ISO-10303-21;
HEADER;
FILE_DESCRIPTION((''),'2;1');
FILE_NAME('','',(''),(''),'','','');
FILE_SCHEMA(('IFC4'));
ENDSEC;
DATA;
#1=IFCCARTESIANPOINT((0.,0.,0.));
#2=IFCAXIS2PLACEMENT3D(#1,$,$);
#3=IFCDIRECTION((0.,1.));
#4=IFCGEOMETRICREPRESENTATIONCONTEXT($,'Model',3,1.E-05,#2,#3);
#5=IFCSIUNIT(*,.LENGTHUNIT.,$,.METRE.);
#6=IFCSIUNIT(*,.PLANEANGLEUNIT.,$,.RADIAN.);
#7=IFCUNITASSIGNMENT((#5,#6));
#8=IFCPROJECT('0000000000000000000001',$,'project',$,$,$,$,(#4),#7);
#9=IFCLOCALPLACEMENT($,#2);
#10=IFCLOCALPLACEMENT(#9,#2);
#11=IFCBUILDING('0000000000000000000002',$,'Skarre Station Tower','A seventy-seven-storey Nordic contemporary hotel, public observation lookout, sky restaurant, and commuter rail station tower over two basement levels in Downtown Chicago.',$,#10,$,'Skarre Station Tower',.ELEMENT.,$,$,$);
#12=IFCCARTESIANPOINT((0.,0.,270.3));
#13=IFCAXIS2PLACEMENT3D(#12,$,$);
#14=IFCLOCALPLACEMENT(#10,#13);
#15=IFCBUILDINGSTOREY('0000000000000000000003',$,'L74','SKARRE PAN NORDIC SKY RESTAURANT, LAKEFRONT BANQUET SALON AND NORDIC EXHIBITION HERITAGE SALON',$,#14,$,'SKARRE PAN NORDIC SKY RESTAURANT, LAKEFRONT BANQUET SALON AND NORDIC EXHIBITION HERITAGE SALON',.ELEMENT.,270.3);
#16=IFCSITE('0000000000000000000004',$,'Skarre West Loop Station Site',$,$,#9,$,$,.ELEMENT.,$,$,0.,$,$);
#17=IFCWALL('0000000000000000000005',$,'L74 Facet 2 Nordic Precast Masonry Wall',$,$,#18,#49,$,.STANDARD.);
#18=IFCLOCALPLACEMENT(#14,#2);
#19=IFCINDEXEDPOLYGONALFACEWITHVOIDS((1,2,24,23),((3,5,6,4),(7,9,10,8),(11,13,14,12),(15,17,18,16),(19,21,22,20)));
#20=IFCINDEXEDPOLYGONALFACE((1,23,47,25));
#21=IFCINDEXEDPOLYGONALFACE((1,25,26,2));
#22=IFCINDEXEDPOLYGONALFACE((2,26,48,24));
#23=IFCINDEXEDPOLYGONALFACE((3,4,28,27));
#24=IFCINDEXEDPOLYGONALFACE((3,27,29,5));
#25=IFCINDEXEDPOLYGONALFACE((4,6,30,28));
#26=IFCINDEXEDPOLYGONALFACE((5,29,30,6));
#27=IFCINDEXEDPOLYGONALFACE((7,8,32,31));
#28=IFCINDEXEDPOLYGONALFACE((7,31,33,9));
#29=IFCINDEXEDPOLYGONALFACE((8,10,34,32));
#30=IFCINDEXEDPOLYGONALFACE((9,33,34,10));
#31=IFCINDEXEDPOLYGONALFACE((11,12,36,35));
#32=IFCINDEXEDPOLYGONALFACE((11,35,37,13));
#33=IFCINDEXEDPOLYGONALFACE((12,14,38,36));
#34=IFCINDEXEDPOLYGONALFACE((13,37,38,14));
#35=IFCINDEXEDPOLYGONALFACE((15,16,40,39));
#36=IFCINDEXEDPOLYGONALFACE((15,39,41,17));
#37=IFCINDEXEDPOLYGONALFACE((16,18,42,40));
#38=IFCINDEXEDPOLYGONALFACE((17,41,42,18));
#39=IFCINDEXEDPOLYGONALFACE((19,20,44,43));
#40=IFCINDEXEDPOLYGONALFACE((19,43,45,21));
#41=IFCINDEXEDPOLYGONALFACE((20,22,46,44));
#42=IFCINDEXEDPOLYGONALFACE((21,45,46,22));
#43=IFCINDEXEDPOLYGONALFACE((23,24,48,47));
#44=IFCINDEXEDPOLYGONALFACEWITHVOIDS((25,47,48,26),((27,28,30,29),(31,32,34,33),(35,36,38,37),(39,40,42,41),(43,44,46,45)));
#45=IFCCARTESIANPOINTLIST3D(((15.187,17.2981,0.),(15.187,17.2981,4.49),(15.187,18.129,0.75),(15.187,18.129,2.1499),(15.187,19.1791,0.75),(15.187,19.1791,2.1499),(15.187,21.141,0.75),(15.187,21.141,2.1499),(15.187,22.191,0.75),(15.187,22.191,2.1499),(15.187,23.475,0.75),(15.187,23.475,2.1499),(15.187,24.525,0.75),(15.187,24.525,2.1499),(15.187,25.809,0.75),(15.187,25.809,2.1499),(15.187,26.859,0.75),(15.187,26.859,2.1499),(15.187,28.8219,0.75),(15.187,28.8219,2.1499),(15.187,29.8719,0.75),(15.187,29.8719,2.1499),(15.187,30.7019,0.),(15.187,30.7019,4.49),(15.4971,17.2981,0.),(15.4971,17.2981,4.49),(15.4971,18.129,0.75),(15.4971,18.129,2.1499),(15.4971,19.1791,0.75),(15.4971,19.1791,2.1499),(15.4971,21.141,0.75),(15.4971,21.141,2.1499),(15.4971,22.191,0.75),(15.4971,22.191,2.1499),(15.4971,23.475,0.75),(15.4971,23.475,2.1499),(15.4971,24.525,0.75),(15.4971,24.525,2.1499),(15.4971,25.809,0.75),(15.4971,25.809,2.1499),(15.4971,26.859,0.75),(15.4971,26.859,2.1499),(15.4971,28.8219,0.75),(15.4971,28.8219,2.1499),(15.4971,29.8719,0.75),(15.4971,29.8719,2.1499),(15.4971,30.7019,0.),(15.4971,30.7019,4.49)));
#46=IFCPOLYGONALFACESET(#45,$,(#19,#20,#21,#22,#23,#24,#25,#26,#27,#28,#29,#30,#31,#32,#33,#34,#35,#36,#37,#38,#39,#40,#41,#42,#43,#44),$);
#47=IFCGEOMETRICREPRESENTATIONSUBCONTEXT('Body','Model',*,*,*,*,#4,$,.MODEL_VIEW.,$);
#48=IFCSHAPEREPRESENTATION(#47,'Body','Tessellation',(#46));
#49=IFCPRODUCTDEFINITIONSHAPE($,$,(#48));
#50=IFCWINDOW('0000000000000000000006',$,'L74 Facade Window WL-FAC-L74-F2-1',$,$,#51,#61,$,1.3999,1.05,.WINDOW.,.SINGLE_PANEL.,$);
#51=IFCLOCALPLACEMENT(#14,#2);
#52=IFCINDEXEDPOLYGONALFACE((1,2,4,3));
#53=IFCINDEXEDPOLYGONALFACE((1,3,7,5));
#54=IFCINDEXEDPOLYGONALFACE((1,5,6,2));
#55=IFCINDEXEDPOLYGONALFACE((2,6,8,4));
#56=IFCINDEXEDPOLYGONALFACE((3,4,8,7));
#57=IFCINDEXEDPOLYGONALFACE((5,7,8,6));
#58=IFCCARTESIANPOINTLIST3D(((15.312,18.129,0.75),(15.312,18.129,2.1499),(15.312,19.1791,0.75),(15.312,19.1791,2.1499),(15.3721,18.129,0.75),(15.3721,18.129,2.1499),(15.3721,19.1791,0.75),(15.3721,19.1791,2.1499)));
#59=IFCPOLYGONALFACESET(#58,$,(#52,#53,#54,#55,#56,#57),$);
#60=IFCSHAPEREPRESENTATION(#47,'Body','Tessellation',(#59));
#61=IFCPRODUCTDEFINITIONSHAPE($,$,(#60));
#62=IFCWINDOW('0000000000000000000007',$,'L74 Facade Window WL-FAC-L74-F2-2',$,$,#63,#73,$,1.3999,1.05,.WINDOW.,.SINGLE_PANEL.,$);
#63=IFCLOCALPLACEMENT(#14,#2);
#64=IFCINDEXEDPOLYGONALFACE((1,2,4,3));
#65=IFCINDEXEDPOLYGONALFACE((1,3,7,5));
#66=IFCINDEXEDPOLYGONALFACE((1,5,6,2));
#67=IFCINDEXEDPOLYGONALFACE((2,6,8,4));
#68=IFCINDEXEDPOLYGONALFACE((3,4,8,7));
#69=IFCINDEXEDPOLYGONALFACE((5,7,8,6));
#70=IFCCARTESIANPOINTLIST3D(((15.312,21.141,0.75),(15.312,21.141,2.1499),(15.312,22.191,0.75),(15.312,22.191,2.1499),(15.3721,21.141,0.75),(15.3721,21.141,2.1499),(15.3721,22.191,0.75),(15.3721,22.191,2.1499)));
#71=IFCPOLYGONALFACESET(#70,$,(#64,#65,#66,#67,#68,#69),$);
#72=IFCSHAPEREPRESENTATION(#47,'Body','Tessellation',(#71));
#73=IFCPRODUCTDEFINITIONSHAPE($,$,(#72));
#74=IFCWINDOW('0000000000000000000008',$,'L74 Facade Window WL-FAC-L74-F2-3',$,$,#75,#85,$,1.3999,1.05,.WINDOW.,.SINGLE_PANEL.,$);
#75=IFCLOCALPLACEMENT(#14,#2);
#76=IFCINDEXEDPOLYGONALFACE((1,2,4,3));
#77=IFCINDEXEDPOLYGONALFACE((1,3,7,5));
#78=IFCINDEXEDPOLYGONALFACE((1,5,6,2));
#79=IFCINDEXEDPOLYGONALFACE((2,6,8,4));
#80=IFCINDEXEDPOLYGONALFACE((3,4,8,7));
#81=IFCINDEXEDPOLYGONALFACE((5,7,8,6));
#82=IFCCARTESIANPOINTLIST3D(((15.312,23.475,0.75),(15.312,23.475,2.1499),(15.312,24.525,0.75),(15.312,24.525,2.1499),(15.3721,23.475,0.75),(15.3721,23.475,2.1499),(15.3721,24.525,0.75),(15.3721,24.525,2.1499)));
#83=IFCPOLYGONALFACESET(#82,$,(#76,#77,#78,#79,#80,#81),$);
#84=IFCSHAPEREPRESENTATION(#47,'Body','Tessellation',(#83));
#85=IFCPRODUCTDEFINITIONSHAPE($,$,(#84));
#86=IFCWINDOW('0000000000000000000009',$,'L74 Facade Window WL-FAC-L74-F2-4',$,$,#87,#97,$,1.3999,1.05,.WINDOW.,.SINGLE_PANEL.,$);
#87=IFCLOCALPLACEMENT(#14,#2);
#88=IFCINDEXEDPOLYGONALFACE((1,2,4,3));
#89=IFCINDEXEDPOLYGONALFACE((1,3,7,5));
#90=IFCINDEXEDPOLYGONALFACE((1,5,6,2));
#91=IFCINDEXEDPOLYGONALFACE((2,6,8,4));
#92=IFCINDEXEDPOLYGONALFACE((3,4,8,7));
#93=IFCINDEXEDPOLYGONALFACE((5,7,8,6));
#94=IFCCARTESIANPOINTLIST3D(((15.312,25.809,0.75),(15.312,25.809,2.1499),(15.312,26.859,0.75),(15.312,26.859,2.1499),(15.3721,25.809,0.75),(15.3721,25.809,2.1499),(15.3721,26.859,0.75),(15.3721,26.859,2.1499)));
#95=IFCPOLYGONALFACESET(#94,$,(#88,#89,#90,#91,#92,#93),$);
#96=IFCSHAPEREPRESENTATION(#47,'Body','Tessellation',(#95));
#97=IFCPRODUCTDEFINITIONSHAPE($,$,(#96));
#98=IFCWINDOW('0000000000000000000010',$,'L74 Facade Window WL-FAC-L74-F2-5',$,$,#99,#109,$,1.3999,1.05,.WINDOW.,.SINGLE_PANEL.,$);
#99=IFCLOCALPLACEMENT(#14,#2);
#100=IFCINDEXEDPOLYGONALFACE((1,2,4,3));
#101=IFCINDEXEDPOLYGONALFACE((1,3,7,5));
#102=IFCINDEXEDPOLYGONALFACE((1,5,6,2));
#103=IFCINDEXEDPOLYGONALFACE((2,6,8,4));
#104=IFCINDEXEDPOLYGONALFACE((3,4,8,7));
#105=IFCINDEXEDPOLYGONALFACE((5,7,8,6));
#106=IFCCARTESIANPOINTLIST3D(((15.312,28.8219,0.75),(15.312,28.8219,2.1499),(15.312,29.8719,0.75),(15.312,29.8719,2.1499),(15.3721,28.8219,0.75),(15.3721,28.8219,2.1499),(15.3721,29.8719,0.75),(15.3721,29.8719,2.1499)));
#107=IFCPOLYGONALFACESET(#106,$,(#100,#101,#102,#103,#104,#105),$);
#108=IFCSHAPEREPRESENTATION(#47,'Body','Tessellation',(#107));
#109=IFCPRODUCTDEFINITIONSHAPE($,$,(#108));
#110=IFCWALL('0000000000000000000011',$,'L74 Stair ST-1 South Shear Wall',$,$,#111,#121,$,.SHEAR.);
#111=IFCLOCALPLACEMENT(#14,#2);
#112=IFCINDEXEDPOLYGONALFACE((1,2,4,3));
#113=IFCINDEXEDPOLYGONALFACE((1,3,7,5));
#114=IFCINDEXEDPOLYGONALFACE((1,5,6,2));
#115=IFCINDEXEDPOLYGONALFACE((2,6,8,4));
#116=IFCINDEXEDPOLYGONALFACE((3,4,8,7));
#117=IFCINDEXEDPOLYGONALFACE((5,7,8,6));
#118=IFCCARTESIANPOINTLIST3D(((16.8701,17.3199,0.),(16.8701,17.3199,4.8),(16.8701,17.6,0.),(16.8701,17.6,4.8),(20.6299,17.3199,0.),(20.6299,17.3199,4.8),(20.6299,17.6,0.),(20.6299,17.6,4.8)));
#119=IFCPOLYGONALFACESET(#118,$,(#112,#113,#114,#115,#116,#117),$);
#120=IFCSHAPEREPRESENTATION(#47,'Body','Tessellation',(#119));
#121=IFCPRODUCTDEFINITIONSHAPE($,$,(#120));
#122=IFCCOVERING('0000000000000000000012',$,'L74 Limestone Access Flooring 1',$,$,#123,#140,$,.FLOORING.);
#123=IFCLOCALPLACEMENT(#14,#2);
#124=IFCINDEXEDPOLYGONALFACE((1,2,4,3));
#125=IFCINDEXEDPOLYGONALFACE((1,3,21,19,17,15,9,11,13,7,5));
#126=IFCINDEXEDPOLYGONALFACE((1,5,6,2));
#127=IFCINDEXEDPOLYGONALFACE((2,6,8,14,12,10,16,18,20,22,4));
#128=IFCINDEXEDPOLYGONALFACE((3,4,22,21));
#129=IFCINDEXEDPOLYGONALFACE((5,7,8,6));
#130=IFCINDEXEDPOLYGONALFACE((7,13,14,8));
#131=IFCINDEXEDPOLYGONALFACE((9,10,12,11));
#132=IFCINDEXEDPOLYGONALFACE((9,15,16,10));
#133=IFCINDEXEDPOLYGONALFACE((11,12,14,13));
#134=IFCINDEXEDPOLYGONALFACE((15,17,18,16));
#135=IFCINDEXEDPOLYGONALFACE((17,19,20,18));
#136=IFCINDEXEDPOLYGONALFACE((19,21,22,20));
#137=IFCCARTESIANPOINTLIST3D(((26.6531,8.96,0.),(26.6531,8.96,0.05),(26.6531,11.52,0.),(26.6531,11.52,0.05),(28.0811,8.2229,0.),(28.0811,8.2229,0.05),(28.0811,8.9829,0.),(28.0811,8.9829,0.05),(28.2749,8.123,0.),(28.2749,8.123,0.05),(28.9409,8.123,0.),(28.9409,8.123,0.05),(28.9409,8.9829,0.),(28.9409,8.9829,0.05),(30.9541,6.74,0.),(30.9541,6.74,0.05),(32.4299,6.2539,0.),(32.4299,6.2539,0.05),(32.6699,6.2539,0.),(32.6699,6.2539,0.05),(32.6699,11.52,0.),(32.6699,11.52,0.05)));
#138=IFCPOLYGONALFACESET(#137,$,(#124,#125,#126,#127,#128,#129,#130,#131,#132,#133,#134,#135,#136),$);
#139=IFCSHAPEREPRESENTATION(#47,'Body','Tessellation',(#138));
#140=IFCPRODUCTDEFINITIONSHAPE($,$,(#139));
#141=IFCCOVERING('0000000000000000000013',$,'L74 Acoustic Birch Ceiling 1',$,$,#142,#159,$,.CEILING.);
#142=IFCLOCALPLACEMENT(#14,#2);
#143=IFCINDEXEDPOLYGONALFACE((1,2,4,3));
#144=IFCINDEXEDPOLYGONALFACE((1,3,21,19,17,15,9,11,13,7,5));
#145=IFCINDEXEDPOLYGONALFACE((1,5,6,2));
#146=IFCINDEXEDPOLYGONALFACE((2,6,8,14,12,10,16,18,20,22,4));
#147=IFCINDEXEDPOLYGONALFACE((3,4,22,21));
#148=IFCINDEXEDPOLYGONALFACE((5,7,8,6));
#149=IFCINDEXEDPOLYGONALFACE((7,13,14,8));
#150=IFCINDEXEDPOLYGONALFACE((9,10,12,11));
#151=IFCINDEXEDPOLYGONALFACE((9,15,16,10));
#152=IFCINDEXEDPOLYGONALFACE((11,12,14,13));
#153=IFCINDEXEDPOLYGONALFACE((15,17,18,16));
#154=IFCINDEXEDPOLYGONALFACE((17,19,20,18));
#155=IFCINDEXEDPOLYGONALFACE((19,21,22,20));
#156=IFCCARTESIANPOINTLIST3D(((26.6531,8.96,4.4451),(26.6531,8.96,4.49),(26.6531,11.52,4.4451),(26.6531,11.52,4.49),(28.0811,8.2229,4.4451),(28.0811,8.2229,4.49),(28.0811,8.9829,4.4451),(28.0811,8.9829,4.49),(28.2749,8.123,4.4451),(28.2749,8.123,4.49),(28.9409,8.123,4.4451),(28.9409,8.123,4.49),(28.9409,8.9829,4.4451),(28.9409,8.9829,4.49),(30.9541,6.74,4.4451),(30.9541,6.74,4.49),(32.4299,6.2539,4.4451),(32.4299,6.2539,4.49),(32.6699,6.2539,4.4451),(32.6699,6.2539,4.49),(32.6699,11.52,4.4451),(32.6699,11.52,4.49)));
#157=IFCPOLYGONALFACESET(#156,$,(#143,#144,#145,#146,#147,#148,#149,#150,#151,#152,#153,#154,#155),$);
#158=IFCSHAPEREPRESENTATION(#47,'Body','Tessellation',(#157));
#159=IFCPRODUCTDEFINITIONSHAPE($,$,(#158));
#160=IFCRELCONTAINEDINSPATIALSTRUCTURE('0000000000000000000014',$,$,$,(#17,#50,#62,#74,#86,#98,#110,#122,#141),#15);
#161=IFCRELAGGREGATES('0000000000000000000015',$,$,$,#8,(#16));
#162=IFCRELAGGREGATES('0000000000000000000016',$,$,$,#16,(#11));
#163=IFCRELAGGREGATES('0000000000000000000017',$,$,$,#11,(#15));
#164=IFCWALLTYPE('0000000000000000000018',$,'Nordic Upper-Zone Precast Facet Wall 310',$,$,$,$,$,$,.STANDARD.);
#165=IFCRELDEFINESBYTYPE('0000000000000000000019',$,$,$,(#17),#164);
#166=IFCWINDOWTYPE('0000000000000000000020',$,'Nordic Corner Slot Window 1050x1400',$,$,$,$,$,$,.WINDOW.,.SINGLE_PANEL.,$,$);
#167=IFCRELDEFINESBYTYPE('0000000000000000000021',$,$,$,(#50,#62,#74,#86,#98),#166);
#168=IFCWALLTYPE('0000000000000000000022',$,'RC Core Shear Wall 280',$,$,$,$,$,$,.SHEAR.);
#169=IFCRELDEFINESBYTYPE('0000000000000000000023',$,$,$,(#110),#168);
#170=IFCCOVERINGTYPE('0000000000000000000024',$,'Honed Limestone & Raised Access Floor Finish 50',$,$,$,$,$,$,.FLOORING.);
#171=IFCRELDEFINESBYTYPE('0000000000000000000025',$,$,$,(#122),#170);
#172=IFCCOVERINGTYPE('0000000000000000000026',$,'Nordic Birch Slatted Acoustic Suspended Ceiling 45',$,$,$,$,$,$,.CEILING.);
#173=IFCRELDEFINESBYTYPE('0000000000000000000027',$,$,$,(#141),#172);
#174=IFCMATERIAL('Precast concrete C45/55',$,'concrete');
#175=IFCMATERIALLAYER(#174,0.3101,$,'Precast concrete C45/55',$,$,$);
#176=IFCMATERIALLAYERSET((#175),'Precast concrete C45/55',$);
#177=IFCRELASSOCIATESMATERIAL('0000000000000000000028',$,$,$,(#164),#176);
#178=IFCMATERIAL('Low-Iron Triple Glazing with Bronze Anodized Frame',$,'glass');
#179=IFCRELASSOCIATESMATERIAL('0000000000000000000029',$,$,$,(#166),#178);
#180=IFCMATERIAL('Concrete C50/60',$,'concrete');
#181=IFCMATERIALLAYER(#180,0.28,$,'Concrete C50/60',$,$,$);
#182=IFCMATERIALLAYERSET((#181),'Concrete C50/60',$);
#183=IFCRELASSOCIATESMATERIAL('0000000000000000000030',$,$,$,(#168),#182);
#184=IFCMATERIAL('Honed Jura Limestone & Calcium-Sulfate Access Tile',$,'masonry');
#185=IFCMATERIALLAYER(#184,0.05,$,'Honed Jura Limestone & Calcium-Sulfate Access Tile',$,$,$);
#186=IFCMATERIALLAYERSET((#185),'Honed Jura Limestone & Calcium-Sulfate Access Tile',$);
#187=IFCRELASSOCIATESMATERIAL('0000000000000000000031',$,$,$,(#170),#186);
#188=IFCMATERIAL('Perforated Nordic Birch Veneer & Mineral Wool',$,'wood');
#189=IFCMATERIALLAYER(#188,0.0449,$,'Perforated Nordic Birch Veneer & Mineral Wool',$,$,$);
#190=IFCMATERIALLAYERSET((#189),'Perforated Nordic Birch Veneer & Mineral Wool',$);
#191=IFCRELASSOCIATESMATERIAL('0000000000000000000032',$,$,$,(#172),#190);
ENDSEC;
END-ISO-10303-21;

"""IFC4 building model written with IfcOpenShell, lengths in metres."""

from ifc_helpers import new_model, si_unit, direction, frame, frame_2d, origin, place, context, subcontext, project, spatial, polyline, rectangle, outline, extrude, material, layer, layer_set, type_object, element, fill, save


model = new_model("IFC4")

# Units and contexts
model_context = context("Model", 3, precision=1e-05, world=origin(), true_north=direction((0.0, 1.0)))
body_context = subcontext(model_context, "Body", "Model", "MODEL_VIEW")
ifc_project = project(units=[si_unit("LENGTHUNIT", "METRE"), si_unit("PLANEANGLEUNIT", "RADIAN")], contexts=[model_context])

# Site, building, storey
site_placement = place(None, origin())
site = spatial("IfcSite", under=ifc_project, at=site_placement, Name="Skarre West Loop Station Site", CompositionType="ELEMENT", RefElevation=0.0)
building_placement = place(site_placement, origin())
building = spatial("IfcBuilding", under=site, at=building_placement, Name="Skarre Station Tower", Description="A seventy-seven-storey Nordic contemporary hotel, public observation lookout, sky restaurant, and commuter rail station tower over two basement levels in Downtown Chicago.", LongName="Skarre Station Tower", CompositionType="ELEMENT")
storey_placement = place(building_placement, frame((0.0, 0.0, 270.3)))
storey = spatial("IfcBuildingStorey", under=building, at=storey_placement, Name="L74", Description="SKARRE PAN NORDIC SKY RESTAURANT, LAKEFRONT BANQUET SALON AND NORDIC EXHIBITION HERITAGE SALON", LongName="SKARRE PAN NORDIC SKY RESTAURANT, LAKEFRONT BANQUET SALON AND NORDIC EXHIBITION HERITAGE SALON", CompositionType="ELEMENT", Elevation=270.3)

# Shared definitions
ifc_material_1 = material(Name="Concrete C50/60", Category="concrete")

# Shared definitions
ifc_material_2 = material(Name="Precast concrete C45/55", Category="concrete")

# Wall, openings, windows
ifc_layer_1 = layer(ifc_material_2, 0.3101, Name="Precast concrete C45/55")
ifc_layer_set_1 = layer_set([ifc_layer_1], Name="Precast concrete C45/55")
wall_type_1 = type_object("IfcWallType", Name="Nordic Upper-Zone Precast Facet Wall 310", PredefinedType="STANDARD", material=ifc_layer_set_1)
wall_1_placement = place(storey_placement, frame((15.342, 17.2981, 0.0), z_axis=(0.0, 0.0, 1.0), x_axis=(0.0, 1.0, 0.0)))
wall_1 = element("IfcWall", 1, at=wall_1_placement, inside=storey, type_object=wall_type_1, Name="L74 Facet 2 Nordic Precast Masonry Wall", PredefinedType="STANDARD", context=body_context, shape_type="SweptSolid", body=[
    extrude(rectangle(XDim=13.4038, YDim=0.3101, at=frame_2d((6.7019, 0.0))), origin(), (0.0, 0.0, 1.0), 4.49),
])
opening_1_placement = place(wall_1_placement, frame((0.8311, 0.0, 0.75)))
opening_1 = element("IfcOpeningElement", 2, at=opening_1_placement, cuts=wall_1, PredefinedType="OPENING", context=body_context, shape_type="SweptSolid", body=[
    extrude(rectangle(XDim=1.05, YDim=1.3999, at=frame_2d((0.5249, 0.7))), frame((0.0, 0.165, 0.0), z_axis=(0.0, -1.0, 0.0), x_axis=(1.0, 0.0, 0.0)), (0.0, 0.0, 1.0), 0.3301),
])
opening_2_placement = place(wall_1_placement, frame((3.843, 0.0, 0.75)))
opening_2 = element("IfcOpeningElement", 3, at=opening_2_placement, cuts=wall_1, PredefinedType="OPENING", context=body_context, shape_type="SweptSolid", body=[
    extrude(rectangle(XDim=1.05, YDim=1.3999, at=frame_2d((0.5249, 0.7))), frame((0.0, 0.165, 0.0), z_axis=(0.0, -1.0, 0.0), x_axis=(1.0, 0.0, 0.0)), (0.0, 0.0, 1.0), 0.3301),
])
opening_3_placement = place(wall_1_placement, frame((6.177, 0.0, 0.75)))
opening_3 = element("IfcOpeningElement", 4, at=opening_3_placement, cuts=wall_1, PredefinedType="OPENING", context=body_context, shape_type="SweptSolid", body=[
    extrude(rectangle(XDim=1.05, YDim=1.3999, at=frame_2d((0.5249, 0.7))), frame((0.0, 0.165, 0.0), z_axis=(0.0, -1.0, 0.0), x_axis=(1.0, 0.0, 0.0)), (0.0, 0.0, 1.0), 0.3301),
])
opening_4_placement = place(wall_1_placement, frame((8.511, 0.0, 0.75)))
opening_4 = element("IfcOpeningElement", 5, at=opening_4_placement, cuts=wall_1, PredefinedType="OPENING", context=body_context, shape_type="SweptSolid", body=[
    extrude(rectangle(XDim=1.05, YDim=1.3999, at=frame_2d((0.5249, 0.7))), frame((0.0, 0.165, 0.0), z_axis=(0.0, -1.0, 0.0), x_axis=(1.0, 0.0, 0.0)), (0.0, 0.0, 1.0), 0.3301),
])
opening_5_placement = place(wall_1_placement, frame((11.5239, 0.0, 0.75)))
opening_5 = element("IfcOpeningElement", 6, at=opening_5_placement, cuts=wall_1, PredefinedType="OPENING", context=body_context, shape_type="SweptSolid", body=[
    extrude(rectangle(XDim=1.05, YDim=1.3999, at=frame_2d((0.5249, 0.7))), frame((0.0, 0.165, 0.0), z_axis=(0.0, -1.0, 0.0), x_axis=(1.0, 0.0, 0.0)), (0.0, 0.0, 1.0), 0.3301),
])
ifc_material_3 = material(Name="Low-Iron Triple Glazing with Bronze Anodized Frame", Category="glass")
window_type = type_object("IfcWindowType", Name="Nordic Corner Slot Window 1050x1400", PartitioningType="SINGLE_PANEL", PredefinedType="WINDOW", material=ifc_material_3)
window_1_placement = place(opening_1_placement, origin())
window_1 = element("IfcWindow", 7, at=window_1_placement, inside=storey, type_object=window_type, Name="L74 Facade Window WL-FAC-L74-F2-1", OverallHeight=1.3999, OverallWidth=1.05, PartitioningType="SINGLE_PANEL", PredefinedType="WINDOW", context=body_context, shape_type="SweptSolid", body=[
    extrude(rectangle(XDim=1.05, YDim=1.3999, at=frame_2d((0.5249, 0.7))), frame((0.0, 0.03, 0.0), z_axis=(0.0, -1.0, 0.0), x_axis=(1.0, 0.0, 0.0)), (0.0, 0.0, 1.0), 0.0601),
])
fill(opening_1, window_1)
window_2_placement = place(opening_2_placement, origin())
window_2 = element("IfcWindow", 8, at=window_2_placement, inside=storey, type_object=window_type, Name="L74 Facade Window WL-FAC-L74-F2-2", OverallHeight=1.3999, OverallWidth=1.05, PartitioningType="SINGLE_PANEL", PredefinedType="WINDOW", context=body_context, shape_type="SweptSolid", body=[
    extrude(rectangle(XDim=1.05, YDim=1.3999, at=frame_2d((0.5249, 0.7))), frame((0.0, 0.03, 0.0), z_axis=(0.0, -1.0, 0.0), x_axis=(1.0, 0.0, 0.0)), (0.0, 0.0, 1.0), 0.0601),
])
fill(opening_2, window_2)
window_3_placement = place(opening_3_placement, origin())
window_3 = element("IfcWindow", 9, at=window_3_placement, inside=storey, type_object=window_type, Name="L74 Facade Window WL-FAC-L74-F2-3", OverallHeight=1.3999, OverallWidth=1.05, PartitioningType="SINGLE_PANEL", PredefinedType="WINDOW", context=body_context, shape_type="SweptSolid", body=[
    extrude(rectangle(XDim=1.05, YDim=1.3999, at=frame_2d((0.5249, 0.7))), frame((0.0, 0.03, 0.0), z_axis=(0.0, -1.0, 0.0), x_axis=(1.0, 0.0, 0.0)), (0.0, 0.0, 1.0), 0.0601),
])
fill(opening_3, window_3)
window_4_placement = place(opening_4_placement, origin())
window_4 = element("IfcWindow", 10, at=window_4_placement, inside=storey, type_object=window_type, Name="L74 Facade Window WL-FAC-L74-F2-4", OverallHeight=1.3999, OverallWidth=1.05, PartitioningType="SINGLE_PANEL", PredefinedType="WINDOW", context=body_context, shape_type="SweptSolid", body=[
    extrude(rectangle(XDim=1.05, YDim=1.3999, at=frame_2d((0.5249, 0.7))), frame((0.0, 0.03, 0.0), z_axis=(0.0, -1.0, 0.0), x_axis=(1.0, 0.0, 0.0)), (0.0, 0.0, 1.0), 0.0601),
])
fill(opening_4, window_4)
window_5_placement = place(opening_5_placement, origin())
window_5 = element("IfcWindow", 11, at=window_5_placement, inside=storey, type_object=window_type, Name="L74 Facade Window WL-FAC-L74-F2-5", OverallHeight=1.3999, OverallWidth=1.05, PartitioningType="SINGLE_PANEL", PredefinedType="WINDOW", context=body_context, shape_type="SweptSolid", body=[
    extrude(rectangle(XDim=1.05, YDim=1.3999, at=frame_2d((0.5249, 0.7))), frame((0.0, 0.03, 0.0), z_axis=(0.0, -1.0, 0.0), x_axis=(1.0, 0.0, 0.0)), (0.0, 0.0, 1.0), 0.0601),
])
fill(opening_5, window_5)

# Wall
ifc_layer_2 = layer(ifc_material_1, 0.28, Name="Concrete C50/60")
ifc_layer_set_2 = layer_set([ifc_layer_2], Name="Concrete C50/60")
wall_type_2 = type_object("IfcWallType", Name="RC Core Shear Wall 280", PredefinedType="SHEAR", material=ifc_layer_set_2)
wall_2_placement = place(storey_placement, frame((16.8701, 17.46, 0.0), z_axis=(0.0, 0.0, 1.0), x_axis=(1.0, 0.0, 0.0)))
element("IfcWall", 12, at=wall_2_placement, inside=storey, type_object=wall_type_2, Name="L74 Stair ST-1 South Shear Wall", PredefinedType="SHEAR", context=body_context, shape_type="SweptSolid", body=[
    extrude(rectangle(XDim=3.7598, YDim=0.28, at=frame_2d((1.8799, 0.0))), origin(), (0.0, 0.0, 1.0), 4.8),
])

# Coverings
ifc_material_4 = material(Name="Honed Jura Limestone & Calcium-Sulfate Access Tile", Category="masonry")
ifc_layer_3 = layer(ifc_material_4, 0.05, Name="Honed Jura Limestone & Calcium-Sulfate Access Tile")
ifc_layer_set_3 = layer_set([ifc_layer_3], Name="Honed Jura Limestone & Calcium-Sulfate Access Tile")
covering_type_1 = type_object("IfcCoveringType", Name="Honed Limestone & Raised Access Floor Finish 50", PredefinedType="FLOORING", material=ifc_layer_set_3)
covering_1_placement = place(storey_placement, origin())
element("IfcCovering", 13, at=covering_1_placement, inside=storey, type_object=covering_type_1, Name="L74 Limestone Access Flooring 1", PredefinedType="FLOORING", context=body_context, shape_type="SweptSolid", body=[
    extrude(outline(polyline([(26.6531, 11.52), (26.6531, 8.96), (28.0811, 8.2229), (28.0811, 8.9829), (28.9409, 8.9829), (28.9409, 8.123), (28.2749, 8.123), (30.9541, 6.74), (32.4299, 6.2539), (32.6699, 6.2539), (32.6699, 11.52), (26.6531, 11.52)])), origin(), (0.0, 0.0, 1.0), 0.05),
])
ifc_material_5 = material(Name="Perforated Nordic Birch Veneer & Mineral Wool", Category="wood")
ifc_layer_4 = layer(ifc_material_5, 0.0449, Name="Perforated Nordic Birch Veneer & Mineral Wool")
ifc_layer_set_4 = layer_set([ifc_layer_4], Name="Perforated Nordic Birch Veneer & Mineral Wool")
covering_type_2 = type_object("IfcCoveringType", Name="Nordic Birch Slatted Acoustic Suspended Ceiling 45", PredefinedType="CEILING", material=ifc_layer_set_4)
covering_2_placement = place(storey_placement, frame((0.0, 0.0, 4.4451)))
element("IfcCovering", 14, at=covering_2_placement, inside=storey, type_object=covering_type_2, Name="L74 Acoustic Birch Ceiling 1", PredefinedType="CEILING", context=body_context, shape_type="SweptSolid", body=[
    extrude(outline(polyline([(26.6531, 11.52), (26.6531, 8.96), (28.0811, 8.2229), (28.0811, 8.9829), (28.9409, 8.9829), (28.9409, 8.123), (28.2749, 8.123), (30.9541, 6.74), (32.4299, 6.2539), (32.6699, 6.2539), (32.6699, 11.52), (26.6531, 11.52)])), origin(), (0.0, 0.0, 1.0), 0.0449),
])

save(model, "model.ifc")
